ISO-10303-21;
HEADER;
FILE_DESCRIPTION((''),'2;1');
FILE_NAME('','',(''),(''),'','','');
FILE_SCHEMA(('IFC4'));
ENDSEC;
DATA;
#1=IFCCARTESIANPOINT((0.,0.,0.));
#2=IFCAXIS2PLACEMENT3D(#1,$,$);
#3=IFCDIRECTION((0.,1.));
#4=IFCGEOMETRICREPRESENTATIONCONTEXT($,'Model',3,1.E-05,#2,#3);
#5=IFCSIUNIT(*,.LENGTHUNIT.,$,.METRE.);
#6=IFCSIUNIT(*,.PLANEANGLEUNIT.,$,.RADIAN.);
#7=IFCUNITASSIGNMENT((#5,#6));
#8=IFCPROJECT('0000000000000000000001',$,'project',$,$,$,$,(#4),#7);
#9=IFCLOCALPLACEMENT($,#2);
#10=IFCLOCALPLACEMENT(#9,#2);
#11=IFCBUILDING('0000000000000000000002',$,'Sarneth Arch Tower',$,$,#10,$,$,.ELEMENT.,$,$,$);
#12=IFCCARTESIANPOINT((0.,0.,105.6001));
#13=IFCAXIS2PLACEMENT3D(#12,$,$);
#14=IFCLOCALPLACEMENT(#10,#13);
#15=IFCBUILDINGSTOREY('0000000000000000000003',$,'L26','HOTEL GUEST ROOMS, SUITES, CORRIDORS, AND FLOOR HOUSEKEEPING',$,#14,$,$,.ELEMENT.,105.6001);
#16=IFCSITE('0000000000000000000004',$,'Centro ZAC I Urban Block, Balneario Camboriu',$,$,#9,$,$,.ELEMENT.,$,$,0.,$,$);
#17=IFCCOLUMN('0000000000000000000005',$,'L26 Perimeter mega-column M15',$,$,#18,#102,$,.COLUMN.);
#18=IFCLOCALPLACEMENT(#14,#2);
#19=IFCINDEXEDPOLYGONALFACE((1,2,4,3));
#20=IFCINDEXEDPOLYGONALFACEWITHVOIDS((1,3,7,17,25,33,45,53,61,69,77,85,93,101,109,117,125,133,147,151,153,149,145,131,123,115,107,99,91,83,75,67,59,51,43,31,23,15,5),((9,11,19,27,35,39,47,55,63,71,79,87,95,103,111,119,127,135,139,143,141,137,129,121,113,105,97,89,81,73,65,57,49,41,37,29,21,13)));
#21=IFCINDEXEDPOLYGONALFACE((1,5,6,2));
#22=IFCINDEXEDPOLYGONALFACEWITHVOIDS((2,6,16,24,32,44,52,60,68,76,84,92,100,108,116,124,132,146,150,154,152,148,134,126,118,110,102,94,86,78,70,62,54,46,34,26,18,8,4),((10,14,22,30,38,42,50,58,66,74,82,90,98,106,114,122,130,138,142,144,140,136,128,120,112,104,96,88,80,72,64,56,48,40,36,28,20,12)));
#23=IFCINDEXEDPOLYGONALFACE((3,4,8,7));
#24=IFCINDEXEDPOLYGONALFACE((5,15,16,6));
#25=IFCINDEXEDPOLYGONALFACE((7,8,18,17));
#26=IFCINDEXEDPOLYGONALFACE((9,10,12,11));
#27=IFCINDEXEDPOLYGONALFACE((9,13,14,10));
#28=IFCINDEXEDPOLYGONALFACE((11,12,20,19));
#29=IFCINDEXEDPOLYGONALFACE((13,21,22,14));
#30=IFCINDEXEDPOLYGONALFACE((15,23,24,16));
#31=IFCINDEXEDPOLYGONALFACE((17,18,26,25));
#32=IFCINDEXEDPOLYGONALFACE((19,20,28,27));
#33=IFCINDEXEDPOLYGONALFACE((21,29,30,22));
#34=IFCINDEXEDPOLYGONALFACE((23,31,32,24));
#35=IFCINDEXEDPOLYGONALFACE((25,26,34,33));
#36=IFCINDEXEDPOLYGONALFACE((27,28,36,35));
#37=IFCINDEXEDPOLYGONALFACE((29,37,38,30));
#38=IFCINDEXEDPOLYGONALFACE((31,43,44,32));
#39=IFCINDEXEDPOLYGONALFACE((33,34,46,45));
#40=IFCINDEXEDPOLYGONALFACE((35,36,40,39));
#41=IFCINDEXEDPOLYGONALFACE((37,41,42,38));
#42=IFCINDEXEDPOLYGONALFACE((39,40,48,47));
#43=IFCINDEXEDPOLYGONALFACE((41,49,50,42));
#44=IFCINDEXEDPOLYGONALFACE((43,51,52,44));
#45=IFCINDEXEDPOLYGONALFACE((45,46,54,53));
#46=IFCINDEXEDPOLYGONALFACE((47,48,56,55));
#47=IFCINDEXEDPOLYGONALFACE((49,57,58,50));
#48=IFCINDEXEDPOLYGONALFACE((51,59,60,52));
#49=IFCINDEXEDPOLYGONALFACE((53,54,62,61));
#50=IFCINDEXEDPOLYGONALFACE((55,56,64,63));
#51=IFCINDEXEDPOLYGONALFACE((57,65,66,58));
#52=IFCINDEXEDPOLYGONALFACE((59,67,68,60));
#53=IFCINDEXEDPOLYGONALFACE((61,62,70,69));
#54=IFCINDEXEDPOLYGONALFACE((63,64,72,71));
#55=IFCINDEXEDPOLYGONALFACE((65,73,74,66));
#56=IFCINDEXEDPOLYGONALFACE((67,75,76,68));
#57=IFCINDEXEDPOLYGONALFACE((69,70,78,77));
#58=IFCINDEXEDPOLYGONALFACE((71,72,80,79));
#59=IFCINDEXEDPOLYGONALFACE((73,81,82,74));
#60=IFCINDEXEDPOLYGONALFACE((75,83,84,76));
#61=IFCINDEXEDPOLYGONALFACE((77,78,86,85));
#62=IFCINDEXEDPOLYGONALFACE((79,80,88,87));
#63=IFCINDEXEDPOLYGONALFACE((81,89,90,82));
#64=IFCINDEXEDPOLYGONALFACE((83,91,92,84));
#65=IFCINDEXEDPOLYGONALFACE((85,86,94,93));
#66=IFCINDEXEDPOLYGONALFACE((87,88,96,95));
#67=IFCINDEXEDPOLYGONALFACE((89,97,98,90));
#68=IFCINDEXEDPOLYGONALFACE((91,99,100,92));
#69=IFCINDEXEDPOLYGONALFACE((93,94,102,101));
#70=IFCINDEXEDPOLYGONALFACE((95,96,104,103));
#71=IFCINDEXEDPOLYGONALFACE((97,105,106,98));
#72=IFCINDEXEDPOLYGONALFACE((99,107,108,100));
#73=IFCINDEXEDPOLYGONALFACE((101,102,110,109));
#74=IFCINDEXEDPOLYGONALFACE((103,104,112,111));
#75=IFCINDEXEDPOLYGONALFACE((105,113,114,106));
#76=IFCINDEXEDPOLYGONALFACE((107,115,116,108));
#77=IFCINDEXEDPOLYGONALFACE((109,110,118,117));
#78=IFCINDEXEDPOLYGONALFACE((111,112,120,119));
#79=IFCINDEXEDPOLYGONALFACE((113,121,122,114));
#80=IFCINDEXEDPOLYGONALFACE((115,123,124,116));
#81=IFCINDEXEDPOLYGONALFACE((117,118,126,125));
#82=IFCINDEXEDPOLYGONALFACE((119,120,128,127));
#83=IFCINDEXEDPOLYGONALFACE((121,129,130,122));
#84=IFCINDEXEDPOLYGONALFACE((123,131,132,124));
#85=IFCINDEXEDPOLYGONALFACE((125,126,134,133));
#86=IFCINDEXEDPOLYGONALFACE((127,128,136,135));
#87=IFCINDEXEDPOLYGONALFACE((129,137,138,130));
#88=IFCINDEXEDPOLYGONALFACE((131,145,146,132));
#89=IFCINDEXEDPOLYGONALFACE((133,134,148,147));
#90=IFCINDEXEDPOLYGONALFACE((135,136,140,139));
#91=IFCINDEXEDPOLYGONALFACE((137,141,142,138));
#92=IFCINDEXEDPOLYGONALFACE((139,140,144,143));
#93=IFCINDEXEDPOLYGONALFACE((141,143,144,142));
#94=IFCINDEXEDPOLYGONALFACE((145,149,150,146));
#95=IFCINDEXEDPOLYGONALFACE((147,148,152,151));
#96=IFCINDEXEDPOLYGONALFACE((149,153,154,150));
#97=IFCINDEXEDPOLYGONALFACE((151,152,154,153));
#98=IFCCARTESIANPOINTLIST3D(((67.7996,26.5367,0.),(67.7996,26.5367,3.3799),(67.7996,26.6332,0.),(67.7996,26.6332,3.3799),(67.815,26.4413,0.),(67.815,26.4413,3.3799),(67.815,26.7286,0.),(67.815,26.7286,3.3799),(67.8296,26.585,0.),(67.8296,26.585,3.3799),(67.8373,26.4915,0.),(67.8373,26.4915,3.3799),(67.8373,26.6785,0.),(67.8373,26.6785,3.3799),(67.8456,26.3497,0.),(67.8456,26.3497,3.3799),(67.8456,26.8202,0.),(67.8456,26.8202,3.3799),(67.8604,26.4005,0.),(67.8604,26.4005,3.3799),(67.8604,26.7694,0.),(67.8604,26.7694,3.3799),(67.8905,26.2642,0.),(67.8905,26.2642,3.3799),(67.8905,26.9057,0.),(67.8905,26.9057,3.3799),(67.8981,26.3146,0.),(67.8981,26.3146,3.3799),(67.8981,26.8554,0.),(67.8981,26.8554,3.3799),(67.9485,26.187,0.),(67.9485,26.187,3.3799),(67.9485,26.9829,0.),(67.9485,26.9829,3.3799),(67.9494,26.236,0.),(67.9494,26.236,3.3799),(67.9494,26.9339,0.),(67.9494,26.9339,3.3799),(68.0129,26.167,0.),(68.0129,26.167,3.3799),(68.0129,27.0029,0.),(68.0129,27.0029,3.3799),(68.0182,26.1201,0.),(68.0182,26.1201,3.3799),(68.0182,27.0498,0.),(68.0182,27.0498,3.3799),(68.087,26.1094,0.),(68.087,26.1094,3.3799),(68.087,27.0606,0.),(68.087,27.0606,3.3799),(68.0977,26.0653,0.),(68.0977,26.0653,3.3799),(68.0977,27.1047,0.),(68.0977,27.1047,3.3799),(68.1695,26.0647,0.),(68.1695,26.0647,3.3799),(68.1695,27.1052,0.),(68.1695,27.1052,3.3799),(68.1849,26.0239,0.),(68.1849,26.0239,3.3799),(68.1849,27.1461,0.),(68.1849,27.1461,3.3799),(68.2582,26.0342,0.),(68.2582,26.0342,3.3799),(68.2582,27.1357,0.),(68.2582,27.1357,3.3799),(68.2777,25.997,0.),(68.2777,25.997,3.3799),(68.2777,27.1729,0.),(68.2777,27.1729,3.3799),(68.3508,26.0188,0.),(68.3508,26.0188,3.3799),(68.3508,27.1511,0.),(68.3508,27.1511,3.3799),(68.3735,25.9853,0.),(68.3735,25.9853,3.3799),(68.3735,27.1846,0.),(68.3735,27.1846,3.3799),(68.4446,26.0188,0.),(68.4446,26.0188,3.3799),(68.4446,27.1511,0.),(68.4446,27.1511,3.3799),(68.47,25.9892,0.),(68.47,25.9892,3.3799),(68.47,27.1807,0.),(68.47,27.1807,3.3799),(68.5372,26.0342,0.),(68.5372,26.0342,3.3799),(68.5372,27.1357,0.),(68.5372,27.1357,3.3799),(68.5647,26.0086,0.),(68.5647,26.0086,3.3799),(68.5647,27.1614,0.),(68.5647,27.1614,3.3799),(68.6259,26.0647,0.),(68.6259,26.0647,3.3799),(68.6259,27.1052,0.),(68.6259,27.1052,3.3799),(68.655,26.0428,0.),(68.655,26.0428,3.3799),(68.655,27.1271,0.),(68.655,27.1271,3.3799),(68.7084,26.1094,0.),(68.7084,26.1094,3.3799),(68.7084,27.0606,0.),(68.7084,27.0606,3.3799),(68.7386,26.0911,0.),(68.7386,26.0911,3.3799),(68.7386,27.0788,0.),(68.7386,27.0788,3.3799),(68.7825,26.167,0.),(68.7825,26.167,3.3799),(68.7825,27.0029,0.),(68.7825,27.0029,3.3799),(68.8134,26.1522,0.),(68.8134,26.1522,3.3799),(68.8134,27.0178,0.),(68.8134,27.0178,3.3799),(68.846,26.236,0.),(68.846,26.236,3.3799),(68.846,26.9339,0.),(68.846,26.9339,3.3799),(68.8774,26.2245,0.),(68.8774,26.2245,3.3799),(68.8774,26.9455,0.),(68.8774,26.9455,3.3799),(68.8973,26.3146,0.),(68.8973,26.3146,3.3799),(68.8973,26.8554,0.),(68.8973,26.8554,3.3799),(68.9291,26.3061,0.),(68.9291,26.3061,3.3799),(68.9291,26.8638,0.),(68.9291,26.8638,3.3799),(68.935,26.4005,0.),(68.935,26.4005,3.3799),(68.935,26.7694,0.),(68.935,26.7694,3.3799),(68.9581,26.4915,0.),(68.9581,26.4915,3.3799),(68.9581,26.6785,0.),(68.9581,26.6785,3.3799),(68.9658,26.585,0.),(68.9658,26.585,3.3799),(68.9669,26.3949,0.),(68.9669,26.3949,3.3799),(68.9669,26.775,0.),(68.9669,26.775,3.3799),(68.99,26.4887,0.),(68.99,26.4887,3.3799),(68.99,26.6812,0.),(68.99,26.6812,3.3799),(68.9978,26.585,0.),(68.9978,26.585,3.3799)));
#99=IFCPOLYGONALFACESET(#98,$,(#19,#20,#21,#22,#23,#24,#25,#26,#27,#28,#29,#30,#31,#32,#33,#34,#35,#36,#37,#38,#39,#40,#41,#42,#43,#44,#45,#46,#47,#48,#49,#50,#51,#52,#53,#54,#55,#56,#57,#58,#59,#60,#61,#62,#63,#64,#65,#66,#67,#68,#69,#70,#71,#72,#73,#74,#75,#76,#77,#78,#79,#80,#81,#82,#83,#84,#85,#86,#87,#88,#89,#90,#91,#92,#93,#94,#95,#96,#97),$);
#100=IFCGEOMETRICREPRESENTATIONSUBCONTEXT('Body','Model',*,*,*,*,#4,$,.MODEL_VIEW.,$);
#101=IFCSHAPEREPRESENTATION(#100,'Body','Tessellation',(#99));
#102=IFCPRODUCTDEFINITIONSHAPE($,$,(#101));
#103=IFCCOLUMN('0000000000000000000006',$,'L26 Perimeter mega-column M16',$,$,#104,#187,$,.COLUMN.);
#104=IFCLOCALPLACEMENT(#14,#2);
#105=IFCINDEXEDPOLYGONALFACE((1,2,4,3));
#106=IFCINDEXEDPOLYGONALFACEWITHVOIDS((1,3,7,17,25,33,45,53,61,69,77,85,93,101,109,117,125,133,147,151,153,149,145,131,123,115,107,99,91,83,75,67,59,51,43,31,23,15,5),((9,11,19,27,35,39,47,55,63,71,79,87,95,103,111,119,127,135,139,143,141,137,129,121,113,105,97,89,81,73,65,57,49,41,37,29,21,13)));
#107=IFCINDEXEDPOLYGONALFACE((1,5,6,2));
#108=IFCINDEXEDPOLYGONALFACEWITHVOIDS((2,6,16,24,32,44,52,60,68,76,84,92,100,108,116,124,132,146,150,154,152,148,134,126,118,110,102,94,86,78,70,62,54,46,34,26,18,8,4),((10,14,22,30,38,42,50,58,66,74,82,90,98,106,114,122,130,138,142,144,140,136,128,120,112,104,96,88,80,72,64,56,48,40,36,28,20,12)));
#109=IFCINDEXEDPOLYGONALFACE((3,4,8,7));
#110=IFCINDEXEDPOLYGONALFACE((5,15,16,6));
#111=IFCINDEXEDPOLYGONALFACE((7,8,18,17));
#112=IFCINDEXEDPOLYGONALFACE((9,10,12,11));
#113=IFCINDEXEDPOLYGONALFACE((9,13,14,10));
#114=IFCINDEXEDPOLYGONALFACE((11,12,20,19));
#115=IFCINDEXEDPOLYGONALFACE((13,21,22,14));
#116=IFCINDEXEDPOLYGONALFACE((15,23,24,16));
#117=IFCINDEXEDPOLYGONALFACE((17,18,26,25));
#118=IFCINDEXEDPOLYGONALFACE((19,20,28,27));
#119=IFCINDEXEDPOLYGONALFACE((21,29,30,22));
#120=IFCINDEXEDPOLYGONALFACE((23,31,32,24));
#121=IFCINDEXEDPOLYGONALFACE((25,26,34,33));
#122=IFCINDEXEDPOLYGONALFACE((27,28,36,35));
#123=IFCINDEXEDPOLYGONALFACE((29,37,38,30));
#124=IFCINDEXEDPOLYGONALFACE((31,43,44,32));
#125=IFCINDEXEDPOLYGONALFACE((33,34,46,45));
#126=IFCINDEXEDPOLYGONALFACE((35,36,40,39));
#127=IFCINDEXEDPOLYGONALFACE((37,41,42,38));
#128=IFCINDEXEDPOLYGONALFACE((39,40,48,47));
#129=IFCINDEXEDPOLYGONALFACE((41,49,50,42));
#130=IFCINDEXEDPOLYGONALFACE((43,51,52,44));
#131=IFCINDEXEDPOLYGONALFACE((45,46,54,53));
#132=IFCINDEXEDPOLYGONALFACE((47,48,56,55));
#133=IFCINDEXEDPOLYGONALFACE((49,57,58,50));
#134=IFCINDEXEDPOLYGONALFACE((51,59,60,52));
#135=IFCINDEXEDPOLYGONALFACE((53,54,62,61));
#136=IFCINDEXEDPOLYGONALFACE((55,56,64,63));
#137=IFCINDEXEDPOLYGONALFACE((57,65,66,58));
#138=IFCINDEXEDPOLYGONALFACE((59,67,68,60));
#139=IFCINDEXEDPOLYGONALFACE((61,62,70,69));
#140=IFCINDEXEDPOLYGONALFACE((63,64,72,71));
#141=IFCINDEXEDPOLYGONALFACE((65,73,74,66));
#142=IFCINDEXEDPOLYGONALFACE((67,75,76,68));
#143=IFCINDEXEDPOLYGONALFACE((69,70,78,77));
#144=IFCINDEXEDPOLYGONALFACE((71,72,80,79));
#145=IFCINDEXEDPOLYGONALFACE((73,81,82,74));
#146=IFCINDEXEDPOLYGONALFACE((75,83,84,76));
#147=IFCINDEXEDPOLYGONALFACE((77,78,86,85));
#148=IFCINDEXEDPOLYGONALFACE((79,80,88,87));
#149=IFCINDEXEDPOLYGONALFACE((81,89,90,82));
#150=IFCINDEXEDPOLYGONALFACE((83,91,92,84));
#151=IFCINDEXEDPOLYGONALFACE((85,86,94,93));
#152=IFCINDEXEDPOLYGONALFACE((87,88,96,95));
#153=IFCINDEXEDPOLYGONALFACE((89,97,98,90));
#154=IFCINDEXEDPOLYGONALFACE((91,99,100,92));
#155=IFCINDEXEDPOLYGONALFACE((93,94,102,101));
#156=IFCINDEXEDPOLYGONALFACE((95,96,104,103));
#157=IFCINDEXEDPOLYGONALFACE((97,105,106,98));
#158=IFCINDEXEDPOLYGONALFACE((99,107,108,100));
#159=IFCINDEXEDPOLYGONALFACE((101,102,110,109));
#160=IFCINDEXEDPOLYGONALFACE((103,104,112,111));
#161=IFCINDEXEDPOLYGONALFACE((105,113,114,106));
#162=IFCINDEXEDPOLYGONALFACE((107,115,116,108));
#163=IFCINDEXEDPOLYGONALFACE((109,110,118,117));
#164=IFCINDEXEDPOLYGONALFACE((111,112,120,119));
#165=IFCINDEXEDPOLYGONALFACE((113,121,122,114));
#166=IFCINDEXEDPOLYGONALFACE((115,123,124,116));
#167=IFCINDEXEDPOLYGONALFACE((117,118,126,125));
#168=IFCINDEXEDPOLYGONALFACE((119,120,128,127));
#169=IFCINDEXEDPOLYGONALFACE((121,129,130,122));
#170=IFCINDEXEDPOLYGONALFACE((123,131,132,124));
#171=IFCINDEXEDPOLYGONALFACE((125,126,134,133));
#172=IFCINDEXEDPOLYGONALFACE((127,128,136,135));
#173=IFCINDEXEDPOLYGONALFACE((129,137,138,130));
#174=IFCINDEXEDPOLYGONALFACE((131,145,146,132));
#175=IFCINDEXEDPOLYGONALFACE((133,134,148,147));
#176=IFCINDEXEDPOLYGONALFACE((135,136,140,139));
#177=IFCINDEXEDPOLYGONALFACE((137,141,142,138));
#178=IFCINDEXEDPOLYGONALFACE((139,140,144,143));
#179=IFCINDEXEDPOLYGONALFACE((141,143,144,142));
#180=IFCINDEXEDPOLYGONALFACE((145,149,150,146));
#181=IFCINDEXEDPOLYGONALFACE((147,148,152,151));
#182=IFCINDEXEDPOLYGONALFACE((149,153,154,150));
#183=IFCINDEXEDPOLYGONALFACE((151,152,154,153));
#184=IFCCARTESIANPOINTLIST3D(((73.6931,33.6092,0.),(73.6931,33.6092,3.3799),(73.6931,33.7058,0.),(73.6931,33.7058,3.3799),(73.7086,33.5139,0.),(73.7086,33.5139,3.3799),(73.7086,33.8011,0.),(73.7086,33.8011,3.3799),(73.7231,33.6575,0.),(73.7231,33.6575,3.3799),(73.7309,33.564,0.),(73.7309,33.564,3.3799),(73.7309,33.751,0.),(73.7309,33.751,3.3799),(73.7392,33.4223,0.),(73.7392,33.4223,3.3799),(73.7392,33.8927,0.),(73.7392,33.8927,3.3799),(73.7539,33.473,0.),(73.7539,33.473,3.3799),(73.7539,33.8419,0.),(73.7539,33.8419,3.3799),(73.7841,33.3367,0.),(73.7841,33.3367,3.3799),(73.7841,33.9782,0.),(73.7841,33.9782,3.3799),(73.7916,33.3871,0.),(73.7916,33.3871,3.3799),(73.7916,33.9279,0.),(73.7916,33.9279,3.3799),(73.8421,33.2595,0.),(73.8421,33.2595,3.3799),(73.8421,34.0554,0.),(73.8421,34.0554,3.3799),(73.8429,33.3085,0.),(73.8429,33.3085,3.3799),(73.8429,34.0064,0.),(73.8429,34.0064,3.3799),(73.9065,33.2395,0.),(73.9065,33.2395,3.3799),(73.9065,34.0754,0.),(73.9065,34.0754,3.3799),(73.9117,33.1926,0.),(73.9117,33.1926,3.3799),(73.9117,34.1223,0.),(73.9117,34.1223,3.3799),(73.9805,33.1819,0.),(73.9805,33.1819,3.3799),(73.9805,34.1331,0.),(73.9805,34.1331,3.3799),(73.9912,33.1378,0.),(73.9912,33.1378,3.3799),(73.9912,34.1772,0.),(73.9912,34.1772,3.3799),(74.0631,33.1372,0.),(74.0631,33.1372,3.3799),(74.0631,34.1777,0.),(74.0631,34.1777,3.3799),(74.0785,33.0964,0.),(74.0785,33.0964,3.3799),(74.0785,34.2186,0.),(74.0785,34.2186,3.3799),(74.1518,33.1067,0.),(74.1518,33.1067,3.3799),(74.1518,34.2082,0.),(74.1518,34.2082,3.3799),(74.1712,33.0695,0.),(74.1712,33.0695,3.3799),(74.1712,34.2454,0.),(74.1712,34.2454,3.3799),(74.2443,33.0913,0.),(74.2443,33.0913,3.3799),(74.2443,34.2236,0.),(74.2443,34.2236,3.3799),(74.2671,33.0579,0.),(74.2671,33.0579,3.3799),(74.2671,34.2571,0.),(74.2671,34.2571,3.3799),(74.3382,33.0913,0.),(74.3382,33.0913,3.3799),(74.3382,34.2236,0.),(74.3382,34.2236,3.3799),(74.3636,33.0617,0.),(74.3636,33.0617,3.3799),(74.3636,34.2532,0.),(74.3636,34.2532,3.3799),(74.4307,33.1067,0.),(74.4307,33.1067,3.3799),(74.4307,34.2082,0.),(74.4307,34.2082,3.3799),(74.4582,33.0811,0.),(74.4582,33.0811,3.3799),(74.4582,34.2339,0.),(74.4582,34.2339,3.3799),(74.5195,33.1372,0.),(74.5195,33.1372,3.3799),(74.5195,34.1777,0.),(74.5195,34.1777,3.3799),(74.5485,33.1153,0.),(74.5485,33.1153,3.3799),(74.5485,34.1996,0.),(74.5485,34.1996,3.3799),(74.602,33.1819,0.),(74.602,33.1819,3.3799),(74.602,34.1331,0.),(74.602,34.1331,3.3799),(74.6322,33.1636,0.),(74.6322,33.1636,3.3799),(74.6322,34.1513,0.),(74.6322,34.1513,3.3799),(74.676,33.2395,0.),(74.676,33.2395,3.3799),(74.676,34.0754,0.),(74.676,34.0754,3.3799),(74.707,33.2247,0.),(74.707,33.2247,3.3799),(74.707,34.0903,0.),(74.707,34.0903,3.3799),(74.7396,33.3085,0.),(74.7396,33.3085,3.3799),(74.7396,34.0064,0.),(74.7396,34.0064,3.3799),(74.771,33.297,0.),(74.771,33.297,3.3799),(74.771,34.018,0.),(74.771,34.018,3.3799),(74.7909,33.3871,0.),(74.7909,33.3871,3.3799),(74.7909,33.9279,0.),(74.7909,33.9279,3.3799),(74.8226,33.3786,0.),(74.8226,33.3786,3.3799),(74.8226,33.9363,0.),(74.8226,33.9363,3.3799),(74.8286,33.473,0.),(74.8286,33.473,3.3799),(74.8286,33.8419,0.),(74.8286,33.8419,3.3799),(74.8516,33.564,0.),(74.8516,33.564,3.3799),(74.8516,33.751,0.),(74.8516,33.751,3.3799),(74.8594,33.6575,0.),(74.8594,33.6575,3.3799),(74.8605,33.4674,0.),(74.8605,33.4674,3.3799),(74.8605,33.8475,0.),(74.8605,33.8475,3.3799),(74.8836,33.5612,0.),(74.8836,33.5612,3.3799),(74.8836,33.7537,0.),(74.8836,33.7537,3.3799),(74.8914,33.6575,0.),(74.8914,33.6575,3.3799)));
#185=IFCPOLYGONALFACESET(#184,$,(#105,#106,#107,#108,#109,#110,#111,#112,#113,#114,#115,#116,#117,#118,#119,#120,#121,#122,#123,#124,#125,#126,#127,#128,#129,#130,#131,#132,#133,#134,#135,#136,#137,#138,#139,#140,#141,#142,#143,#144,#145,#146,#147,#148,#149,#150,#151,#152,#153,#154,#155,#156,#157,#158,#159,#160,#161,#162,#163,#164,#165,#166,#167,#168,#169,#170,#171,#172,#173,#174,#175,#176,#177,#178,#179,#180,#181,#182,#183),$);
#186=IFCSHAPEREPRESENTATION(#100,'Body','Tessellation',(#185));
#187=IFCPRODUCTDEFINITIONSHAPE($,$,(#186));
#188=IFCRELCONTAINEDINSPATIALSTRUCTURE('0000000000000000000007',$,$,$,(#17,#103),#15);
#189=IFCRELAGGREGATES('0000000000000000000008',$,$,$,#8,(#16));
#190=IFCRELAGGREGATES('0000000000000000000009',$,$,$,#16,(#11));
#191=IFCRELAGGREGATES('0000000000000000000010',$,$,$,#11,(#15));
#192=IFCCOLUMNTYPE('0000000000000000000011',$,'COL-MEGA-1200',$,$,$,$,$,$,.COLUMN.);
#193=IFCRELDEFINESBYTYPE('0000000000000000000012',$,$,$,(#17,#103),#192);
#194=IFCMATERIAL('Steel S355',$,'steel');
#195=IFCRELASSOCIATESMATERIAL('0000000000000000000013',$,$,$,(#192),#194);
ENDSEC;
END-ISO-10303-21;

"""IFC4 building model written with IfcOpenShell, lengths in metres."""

from ifc_helpers import new_model, si_unit, direction, frame, origin, origin_2d, place, context, subcontext, project, spatial, hollow_circle, extrude, material, material_profile, profile_set, type_object, element, save


model = new_model("IFC4")

# Units and contexts
model_context = context("Model", 3, precision=1e-05, world=origin(), true_north=direction((0.0, 1.0)))
body_context = subcontext(model_context, "Body", "Model", "MODEL_VIEW")
ifc_project = project(units=[si_unit("LENGTHUNIT", "METRE"), si_unit("PLANEANGLEUNIT", "RADIAN")], contexts=[model_context])

# Site, building, storey
site_placement = place(None, origin())
site = spatial("IfcSite", under=ifc_project, at=site_placement, Name="Centro ZAC I Urban Block, Balneario Camboriu", CompositionType="ELEMENT", RefElevation=0.0)
building_placement = place(site_placement, origin())
building = spatial("IfcBuilding", under=site, at=building_placement, Name="Sarneth Arch Tower", CompositionType="ELEMENT")
storey_placement = place(building_placement, frame((0.0, 0.0, 105.6001)))
storey = spatial("IfcBuildingStorey", under=building, at=storey_placement, Name="L26", Description="HOTEL GUEST ROOMS, SUITES, CORRIDORS, AND FLOOR HOUSEKEEPING", CompositionType="ELEMENT", Elevation=105.6001)

# Columns
ifc_material_1 = material(Name="Steel S355", Category="steel")
ifc_material_profile_1 = material_profile(ifc_material_1, hollow_circle(Radius=0.6001, WallThickness=0.032, at=origin_2d()), Name="CHS1200x32")
ifc_profile_set_1 = profile_set([ifc_material_profile_1], Name="Steel S355")
column_type = type_object("IfcColumnType", Name="COL-MEGA-1200", PredefinedType="COLUMN", material=ifc_profile_set_1)
for number, where, z_axis, x_axis, name in (
    (1, (68.3977, 26.585, 0.0), (0.0, 0.0, 1.0), (1.0, 0.0, 0.0), "L26 Perimeter mega-column M15"),
    (2, (74.2913, 33.6575, 0.0), (0.0, 0.0, 1.0), (1.0, 0.0, 0.0), "L26 Perimeter mega-column M16"),
):
    element("IfcColumn", number, at=place(storey_placement, frame(where, z_axis=z_axis, x_axis=x_axis)), inside=storey, type_object=column_type, Name=name, PredefinedType="COLUMN", context=body_context, shape_type="SweptSolid", body=[
        extrude(hollow_circle(Radius=0.6001, WallThickness=0.032, at=origin_2d()), origin(), (0.0, 0.0, 1.0), 3.3799),
    ])

save(model, "model.ifc")
